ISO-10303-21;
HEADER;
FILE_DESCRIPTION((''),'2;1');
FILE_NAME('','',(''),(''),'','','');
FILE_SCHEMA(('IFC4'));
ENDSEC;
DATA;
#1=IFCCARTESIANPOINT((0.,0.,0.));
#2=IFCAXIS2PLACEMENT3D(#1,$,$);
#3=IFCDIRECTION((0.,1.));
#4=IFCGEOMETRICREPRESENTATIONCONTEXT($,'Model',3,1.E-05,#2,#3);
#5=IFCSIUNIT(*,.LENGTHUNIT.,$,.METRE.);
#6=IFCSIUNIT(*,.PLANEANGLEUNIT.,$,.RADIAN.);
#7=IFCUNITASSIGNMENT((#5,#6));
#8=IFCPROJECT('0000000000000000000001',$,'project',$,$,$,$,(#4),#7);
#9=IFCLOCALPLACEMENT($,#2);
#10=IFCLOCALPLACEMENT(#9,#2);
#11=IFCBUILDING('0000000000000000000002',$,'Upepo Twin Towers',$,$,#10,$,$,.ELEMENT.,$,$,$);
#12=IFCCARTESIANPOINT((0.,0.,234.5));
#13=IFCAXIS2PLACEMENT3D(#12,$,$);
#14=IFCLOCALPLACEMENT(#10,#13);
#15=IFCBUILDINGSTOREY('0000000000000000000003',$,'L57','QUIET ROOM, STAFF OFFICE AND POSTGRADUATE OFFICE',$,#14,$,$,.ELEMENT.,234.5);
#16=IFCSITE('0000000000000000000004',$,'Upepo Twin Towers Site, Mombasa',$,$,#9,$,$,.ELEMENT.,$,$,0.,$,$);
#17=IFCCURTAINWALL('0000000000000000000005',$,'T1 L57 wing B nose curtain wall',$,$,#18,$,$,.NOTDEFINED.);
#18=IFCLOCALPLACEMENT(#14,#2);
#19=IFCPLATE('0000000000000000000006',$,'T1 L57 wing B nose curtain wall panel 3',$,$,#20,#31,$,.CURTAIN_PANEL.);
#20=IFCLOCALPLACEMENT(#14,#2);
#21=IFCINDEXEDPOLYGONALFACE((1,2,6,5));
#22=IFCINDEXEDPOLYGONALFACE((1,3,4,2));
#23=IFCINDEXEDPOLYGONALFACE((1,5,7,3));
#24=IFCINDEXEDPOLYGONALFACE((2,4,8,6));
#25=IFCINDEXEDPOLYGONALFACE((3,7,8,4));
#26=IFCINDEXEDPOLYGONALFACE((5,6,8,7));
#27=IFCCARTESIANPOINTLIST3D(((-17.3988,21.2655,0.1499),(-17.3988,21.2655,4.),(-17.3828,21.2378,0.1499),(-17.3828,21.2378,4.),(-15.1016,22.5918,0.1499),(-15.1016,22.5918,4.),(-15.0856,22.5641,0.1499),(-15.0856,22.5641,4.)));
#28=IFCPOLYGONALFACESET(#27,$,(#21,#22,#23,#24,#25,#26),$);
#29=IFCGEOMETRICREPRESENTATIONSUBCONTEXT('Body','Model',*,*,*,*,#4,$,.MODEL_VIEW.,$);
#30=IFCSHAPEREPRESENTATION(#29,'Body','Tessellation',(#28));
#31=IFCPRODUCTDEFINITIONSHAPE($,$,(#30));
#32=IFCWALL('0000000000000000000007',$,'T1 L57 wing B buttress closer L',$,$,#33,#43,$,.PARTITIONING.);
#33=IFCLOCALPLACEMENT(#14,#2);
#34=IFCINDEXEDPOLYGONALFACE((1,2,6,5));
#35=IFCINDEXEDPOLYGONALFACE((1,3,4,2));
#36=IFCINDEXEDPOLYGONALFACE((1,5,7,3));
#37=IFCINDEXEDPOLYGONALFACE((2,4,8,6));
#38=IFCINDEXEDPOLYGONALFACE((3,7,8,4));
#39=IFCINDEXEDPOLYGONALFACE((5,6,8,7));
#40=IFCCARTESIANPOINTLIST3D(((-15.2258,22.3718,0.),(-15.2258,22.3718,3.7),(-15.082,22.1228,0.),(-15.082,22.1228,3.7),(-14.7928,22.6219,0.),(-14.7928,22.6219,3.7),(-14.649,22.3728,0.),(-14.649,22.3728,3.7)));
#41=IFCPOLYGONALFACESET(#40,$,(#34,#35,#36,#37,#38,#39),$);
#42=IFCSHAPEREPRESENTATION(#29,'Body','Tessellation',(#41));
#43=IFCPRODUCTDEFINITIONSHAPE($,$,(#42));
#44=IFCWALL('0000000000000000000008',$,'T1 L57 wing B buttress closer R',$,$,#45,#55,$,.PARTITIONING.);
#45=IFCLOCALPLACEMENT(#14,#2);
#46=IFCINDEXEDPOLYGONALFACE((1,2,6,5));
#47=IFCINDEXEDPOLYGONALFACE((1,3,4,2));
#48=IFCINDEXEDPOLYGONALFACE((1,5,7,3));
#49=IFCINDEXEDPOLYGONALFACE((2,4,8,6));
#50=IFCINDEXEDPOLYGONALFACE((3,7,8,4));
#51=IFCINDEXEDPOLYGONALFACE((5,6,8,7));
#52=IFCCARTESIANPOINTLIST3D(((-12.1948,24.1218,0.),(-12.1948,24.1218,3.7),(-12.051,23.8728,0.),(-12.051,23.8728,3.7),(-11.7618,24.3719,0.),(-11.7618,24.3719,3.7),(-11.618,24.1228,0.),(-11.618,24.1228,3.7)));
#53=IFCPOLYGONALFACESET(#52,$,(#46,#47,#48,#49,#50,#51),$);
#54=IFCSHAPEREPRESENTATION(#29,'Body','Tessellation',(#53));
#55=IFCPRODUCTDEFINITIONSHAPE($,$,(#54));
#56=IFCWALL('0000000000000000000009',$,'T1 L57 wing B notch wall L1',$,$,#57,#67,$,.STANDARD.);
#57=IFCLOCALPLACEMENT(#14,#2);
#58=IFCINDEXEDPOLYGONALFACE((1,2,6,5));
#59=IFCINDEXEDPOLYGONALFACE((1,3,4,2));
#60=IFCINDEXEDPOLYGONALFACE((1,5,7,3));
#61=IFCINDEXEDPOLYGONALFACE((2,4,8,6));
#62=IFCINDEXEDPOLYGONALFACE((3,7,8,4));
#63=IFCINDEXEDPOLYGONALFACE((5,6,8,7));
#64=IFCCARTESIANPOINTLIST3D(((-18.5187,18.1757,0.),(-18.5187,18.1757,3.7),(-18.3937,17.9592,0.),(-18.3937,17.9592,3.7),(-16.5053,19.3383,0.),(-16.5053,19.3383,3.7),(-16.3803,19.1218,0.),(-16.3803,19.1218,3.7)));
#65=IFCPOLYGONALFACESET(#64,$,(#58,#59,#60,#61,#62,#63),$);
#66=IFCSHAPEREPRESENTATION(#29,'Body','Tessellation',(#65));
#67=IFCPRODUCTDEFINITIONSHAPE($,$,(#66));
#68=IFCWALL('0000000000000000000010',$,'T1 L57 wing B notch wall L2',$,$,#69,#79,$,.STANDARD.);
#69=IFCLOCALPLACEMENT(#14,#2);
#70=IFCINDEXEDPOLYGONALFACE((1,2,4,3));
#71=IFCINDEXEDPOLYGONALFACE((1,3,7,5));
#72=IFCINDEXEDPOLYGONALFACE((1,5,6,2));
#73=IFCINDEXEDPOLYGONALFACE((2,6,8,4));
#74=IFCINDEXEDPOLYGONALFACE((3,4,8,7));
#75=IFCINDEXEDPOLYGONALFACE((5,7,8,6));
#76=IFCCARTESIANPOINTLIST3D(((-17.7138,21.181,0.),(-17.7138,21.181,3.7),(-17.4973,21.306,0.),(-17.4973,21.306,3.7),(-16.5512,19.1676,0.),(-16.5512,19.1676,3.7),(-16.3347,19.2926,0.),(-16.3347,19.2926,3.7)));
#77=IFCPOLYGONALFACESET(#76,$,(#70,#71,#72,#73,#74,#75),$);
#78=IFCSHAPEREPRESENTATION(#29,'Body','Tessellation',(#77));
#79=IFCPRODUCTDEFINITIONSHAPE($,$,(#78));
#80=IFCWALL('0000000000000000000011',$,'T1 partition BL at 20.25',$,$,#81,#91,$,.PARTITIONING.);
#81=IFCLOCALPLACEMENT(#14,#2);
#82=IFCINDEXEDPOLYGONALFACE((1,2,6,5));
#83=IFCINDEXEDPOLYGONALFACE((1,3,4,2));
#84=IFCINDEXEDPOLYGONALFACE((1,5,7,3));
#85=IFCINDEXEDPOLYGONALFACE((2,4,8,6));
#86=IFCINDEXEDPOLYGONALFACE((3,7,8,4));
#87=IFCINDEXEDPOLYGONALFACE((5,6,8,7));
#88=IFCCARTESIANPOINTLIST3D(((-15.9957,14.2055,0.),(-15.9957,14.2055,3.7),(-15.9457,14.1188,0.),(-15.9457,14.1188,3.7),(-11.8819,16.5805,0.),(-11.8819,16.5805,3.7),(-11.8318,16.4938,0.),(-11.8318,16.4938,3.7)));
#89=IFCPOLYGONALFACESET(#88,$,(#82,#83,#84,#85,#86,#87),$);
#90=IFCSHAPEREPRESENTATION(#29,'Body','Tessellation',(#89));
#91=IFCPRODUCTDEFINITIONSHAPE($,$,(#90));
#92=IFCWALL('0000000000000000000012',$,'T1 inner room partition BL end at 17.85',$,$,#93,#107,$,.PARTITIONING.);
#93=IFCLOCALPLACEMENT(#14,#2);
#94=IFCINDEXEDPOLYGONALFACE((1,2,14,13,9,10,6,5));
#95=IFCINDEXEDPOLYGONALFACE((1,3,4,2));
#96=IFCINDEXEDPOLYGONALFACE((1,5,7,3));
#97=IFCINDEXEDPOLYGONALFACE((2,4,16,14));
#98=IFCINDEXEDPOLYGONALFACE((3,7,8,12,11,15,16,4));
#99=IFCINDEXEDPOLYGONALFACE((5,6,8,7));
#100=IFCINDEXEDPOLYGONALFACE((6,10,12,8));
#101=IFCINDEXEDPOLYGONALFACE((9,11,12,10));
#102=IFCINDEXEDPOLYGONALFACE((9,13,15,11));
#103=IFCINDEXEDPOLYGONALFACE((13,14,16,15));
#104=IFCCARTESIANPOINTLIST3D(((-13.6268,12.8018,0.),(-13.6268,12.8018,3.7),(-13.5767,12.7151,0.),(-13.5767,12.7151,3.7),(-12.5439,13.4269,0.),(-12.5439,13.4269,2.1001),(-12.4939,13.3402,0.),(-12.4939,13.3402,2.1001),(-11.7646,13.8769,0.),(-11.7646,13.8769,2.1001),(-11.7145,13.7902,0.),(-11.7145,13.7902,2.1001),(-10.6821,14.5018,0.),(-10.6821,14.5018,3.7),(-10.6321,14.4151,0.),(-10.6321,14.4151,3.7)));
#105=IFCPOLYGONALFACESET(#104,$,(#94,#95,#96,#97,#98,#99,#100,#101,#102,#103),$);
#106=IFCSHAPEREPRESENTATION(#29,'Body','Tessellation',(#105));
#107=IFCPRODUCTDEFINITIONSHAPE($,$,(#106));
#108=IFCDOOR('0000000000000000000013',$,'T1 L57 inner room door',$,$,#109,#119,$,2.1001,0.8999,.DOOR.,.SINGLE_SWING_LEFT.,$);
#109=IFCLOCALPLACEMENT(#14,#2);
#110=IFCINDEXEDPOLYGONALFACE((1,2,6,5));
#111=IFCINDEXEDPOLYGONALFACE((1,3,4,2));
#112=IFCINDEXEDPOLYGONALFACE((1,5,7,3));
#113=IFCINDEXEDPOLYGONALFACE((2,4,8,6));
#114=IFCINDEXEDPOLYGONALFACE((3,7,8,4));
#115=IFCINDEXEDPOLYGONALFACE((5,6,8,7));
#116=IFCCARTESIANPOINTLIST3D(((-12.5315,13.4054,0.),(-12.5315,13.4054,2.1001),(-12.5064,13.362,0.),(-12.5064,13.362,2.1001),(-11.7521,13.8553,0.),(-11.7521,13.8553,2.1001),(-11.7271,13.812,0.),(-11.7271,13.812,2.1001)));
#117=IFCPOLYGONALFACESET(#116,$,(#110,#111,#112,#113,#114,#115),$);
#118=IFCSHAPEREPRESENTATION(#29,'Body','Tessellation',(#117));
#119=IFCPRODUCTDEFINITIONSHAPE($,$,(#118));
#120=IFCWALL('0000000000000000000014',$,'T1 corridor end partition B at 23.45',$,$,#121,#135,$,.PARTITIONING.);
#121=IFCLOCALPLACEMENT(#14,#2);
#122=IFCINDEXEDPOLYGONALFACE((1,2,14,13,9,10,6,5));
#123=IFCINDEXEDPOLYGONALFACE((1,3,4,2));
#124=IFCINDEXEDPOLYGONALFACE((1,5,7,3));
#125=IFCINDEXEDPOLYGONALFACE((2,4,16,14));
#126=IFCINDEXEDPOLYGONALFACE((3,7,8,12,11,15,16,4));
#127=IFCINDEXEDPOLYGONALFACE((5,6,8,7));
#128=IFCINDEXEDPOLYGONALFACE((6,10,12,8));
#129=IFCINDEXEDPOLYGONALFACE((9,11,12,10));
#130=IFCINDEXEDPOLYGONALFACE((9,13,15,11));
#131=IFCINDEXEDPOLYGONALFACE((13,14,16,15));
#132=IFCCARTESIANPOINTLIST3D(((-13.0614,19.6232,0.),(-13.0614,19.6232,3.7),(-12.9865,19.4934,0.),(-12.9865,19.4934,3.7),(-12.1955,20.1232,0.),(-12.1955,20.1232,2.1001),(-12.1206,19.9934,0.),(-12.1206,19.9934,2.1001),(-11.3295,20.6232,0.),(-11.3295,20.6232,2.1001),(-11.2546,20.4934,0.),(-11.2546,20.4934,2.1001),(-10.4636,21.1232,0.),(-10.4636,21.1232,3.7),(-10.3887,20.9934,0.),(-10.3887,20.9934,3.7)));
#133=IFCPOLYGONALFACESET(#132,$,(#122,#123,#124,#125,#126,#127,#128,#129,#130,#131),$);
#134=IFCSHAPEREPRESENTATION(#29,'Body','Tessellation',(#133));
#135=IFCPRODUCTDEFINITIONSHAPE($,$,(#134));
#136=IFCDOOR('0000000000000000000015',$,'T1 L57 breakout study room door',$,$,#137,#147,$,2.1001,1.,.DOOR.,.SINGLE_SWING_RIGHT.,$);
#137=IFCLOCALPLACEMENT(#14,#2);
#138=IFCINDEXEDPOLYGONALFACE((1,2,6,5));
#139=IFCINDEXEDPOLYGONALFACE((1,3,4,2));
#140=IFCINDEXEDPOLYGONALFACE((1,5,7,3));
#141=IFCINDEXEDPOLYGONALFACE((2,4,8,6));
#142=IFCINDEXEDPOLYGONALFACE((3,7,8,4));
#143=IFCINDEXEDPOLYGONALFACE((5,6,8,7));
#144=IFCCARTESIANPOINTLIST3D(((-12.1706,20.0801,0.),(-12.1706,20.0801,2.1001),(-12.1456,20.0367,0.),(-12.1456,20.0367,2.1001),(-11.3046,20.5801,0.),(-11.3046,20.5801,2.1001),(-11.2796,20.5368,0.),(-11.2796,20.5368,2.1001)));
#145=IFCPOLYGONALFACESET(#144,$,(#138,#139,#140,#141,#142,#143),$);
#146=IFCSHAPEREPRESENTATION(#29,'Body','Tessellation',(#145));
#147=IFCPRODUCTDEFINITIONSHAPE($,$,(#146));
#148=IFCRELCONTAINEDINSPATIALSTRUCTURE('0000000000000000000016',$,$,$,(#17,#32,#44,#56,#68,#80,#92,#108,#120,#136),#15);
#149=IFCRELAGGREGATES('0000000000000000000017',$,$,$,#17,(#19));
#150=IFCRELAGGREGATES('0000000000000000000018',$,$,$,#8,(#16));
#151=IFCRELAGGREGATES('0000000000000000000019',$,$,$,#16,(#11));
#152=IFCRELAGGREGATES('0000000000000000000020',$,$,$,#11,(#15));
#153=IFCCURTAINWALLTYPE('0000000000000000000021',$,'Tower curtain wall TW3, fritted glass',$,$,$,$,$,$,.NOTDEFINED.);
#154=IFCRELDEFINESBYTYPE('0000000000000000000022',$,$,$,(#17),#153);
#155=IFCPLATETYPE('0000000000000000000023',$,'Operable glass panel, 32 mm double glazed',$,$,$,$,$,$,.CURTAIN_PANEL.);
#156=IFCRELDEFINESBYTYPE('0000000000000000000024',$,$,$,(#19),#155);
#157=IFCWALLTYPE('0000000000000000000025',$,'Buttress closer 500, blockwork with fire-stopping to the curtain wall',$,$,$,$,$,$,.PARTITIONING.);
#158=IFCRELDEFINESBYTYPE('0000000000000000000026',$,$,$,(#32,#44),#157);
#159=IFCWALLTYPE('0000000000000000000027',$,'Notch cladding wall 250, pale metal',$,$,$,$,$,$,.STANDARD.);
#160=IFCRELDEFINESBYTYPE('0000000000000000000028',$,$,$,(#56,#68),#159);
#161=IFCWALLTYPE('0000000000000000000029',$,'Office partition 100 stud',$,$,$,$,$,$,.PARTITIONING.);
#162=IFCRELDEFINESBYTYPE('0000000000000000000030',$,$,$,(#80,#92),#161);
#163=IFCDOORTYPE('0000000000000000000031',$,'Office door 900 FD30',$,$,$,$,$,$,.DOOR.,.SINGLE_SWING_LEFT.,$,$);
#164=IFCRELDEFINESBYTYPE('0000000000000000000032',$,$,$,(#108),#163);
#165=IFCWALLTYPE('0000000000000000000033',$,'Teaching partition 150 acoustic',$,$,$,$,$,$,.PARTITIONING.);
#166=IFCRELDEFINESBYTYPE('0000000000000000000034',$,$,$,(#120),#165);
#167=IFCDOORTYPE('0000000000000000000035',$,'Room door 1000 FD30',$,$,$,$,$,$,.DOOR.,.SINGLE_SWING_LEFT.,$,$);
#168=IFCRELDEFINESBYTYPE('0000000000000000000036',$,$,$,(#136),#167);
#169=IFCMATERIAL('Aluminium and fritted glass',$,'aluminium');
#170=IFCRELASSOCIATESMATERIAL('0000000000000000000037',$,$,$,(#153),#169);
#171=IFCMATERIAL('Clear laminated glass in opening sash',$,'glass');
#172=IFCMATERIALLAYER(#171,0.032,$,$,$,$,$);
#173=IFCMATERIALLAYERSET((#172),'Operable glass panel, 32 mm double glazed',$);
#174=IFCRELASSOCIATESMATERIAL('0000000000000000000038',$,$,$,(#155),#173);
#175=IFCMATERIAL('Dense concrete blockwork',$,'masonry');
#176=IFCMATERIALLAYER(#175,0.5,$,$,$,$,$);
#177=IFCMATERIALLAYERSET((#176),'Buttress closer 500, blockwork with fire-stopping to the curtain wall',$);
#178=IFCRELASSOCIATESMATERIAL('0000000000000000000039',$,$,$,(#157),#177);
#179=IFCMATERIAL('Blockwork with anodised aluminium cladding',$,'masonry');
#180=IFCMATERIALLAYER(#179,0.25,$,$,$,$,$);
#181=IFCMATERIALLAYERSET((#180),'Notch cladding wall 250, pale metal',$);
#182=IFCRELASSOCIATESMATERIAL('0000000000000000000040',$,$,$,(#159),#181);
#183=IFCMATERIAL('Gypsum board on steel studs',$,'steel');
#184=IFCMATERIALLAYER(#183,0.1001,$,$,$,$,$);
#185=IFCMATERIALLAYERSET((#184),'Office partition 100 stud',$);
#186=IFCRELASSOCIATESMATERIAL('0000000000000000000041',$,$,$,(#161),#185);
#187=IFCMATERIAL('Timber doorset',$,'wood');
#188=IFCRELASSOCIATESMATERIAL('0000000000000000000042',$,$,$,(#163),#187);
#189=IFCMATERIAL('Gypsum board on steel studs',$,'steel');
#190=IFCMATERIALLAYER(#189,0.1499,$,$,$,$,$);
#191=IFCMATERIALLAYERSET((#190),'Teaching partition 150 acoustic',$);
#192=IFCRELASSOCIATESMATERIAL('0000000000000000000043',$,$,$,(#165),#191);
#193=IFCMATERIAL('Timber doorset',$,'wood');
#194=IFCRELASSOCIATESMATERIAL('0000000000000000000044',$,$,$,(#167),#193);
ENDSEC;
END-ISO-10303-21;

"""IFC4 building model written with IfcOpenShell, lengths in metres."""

from ifc_helpers import new_model, si_unit, direction, frame, frame_2d, origin, origin_2d, place, context, subcontext, project, spatial, rectangle, extrude, material, layer, layer_set, type_object, element, fill, aggregate, save


model = new_model("IFC4")

# Units and contexts
model_context = context("Model", 3, precision=1e-05, world=origin(), true_north=direction((0.0, 1.0)))
body_context = subcontext(model_context, "Body", "Model", "MODEL_VIEW")
ifc_project = project(units=[si_unit("LENGTHUNIT", "METRE"), si_unit("PLANEANGLEUNIT", "RADIAN")], contexts=[model_context])

# Site, building, storey
site_placement = place(None, origin())
site = spatial("IfcSite", under=ifc_project, at=site_placement, Name="Upepo Twin Towers Site, Mombasa", CompositionType="ELEMENT", RefElevation=0.0)
building_placement = place(site_placement, origin())
building = spatial("IfcBuilding", under=site, at=building_placement, Name="Upepo Twin Towers", CompositionType="ELEMENT")
storey_placement = place(building_placement, frame((0.0, 0.0, 234.5)))
storey = spatial("IfcBuildingStorey", under=building, at=storey_placement, Name="L57", Description="QUIET ROOM, STAFF OFFICE AND POSTGRADUATE OFFICE", CompositionType="ELEMENT", Elevation=234.5)

# Shared definitions
ifc_material_1 = material(Name="Aluminium and fritted glass", Category="aluminium")
curtain_wall_type = type_object("IfcCurtainWallType", Name="Tower curtain wall TW3, fritted glass", PredefinedType="NOTDEFINED", material=ifc_material_1)

# Curtain wall
curtain_wall_1_placement = place(storey_placement, origin())
curtain_wall_1 = element("IfcCurtainWall", 1, at=curtain_wall_1_placement, inside=storey, type_object=curtain_wall_type, Name="T1 L57 wing B nose curtain wall", PredefinedType="NOTDEFINED")

# Plate
ifc_material_2 = material(Name="Clear laminated glass in opening sash", Category="glass")
ifc_layer_1 = layer(ifc_material_2, 0.032)
ifc_layer_set_1 = layer_set([ifc_layer_1], Name="Operable glass panel, 32 mm double glazed")
plate_type_1 = type_object("IfcPlateType", Name="Operable glass panel, 32 mm double glazed", PredefinedType="CURTAIN_PANEL", material=ifc_layer_set_1)
plate_1_placement = place(storey_placement, frame((-16.2422, 21.9148, 0.1499), z_axis=(0.0, 0.0, 1.0), x_axis=(-0.866025, -0.5, 0.0)))
plate_1 = element("IfcPlate", 2, at=plate_1_placement, type_object=plate_type_1, Name="T1 L57 wing B nose curtain wall panel 3", PredefinedType="CURTAIN_PANEL", context=body_context, shape_type="SweptSolid", body=[
    extrude(rectangle(XDim=2.6526, YDim=0.032, at=origin_2d()), origin(), (0.0, 0.0, 1.0), 3.8501),
])
aggregate(curtain_wall_1, [plate_1])

# Walls
ifc_material_3 = material(Name="Dense concrete blockwork", Category="masonry")
ifc_layer_2 = layer(ifc_material_3, 0.5)
ifc_layer_set_2 = layer_set([ifc_layer_2], Name="Buttress closer 500, blockwork with fire-stopping to the curtain wall")
wall_type_1 = type_object("IfcWallType", Name="Buttress closer 500, blockwork with fire-stopping to the curtain wall", PredefinedType="PARTITIONING", material=ifc_layer_set_2)
for number, where, z_axis, x_axis, name in (
    (3, (-14.8655, 22.2478, 0.0), (0.0, 0.0, 1.0), (-0.500065, 0.865988, 0.0), "T1 L57 wing B buttress closer L"),
    (4, (-11.8345, 23.9978, 0.0), (0.0, 0.0, 1.0), (-0.500065, 0.865988, 0.0), "T1 L57 wing B buttress closer R"),
):
    element("IfcWall", number, at=place(storey_placement, frame(where, z_axis=z_axis, x_axis=x_axis)), inside=storey, type_object=wall_type_1, Name=name, PredefinedType="PARTITIONING", context=body_context, shape_type="SweptSolid", body=[
        extrude(rectangle(XDim=0.2876, YDim=0.5, at=frame_2d((0.1438, 0.0))), origin(), (0.0, 0.0, 1.0), 3.7),
    ])
ifc_material_4 = material(Name="Blockwork with anodised aluminium cladding", Category="masonry")
ifc_layer_3 = layer(ifc_material_4, 0.25)
ifc_layer_set_3 = layer_set([ifc_layer_3], Name="Notch cladding wall 250, pale metal")
wall_type_2 = type_object("IfcWallType", Name="Notch cladding wall 250, pale metal", PredefinedType="STANDARD", material=ifc_layer_set_3)
for number, where, z_axis, x_axis, name in (
    (5, (-18.4563, 18.0674, 0.0), (0.0, 0.0, 1.0), (0.865998, 0.500047, 0.0), "T1 L57 wing B notch wall L1"),
    (6, (-16.4429, 19.23, 0.0), (0.0, 0.0, 1.0), (-0.500047, 0.865998, 0.0), "T1 L57 wing B notch wall L2"),
):
    element("IfcWall", number, at=place(storey_placement, frame(where, z_axis=z_axis, x_axis=x_axis)), inside=storey, type_object=wall_type_2, Name=name, PredefinedType="STANDARD", context=body_context, shape_type="SweptSolid", body=[
        extrude(rectangle(XDim=2.325, YDim=0.25, at=frame_2d((1.1626, 0.0))), origin(), (0.0, 0.0, 1.0), 3.7),
    ])
ifc_material_5 = material(Name="Gypsum board on steel studs", Category="steel")
ifc_layer_4 = layer(ifc_material_5, 0.1001)
ifc_layer_set_4 = layer_set([ifc_layer_4], Name="Office partition 100 stud")
wall_type_3 = type_object("IfcWallType", Name="Office partition 100 stud", PredefinedType="PARTITIONING", material=ifc_layer_set_4)
wall_1_placement = place(storey_placement, frame((-11.8569, 16.5371, 0.0), z_axis=(0.0, 0.0, 1.0), x_axis=(-0.866033, -0.499986, 0.0)))
element("IfcWall", 7, at=wall_1_placement, inside=storey, type_object=wall_type_3, Name="T1 partition BL at 20.25", PredefinedType="PARTITIONING", context=body_context, shape_type="SweptSolid", body=[
    extrude(rectangle(XDim=4.7502, YDim=0.1001, at=frame_2d((2.375, 0.0))), origin(), (0.0, 0.0, 1.0), 3.7),
])

# Walls, openings, doors
wall_2_placement = place(storey_placement, frame((-10.657, 14.4585, 0.0), z_axis=(0.0, 0.0, 1.0), x_axis=(-0.866039, -0.499977, 0.0)))
wall_2 = element("IfcWall", 8, at=wall_2_placement, inside=storey, type_object=wall_type_3, Name="T1 inner room partition BL end at 17.85", PredefinedType="PARTITIONING", context=body_context, shape_type="SweptSolid", body=[
    extrude(rectangle(XDim=3.4001, YDim=0.1001, at=frame_2d((1.7002, 0.0))), origin(), (0.0, 0.0, 1.0), 3.7),
])
opening_1_placement = place(wall_2_placement, frame((1.25, 0.0, 0.0)))
opening_1 = element("IfcOpeningElement", 9, at=opening_1_placement, cuts=wall_2, PredefinedType="OPENING", context=body_context, shape_type="SweptSolid", body=[
    extrude(rectangle(XDim=0.8999, YDim=2.1001, at=frame_2d((0.45, 1.05))), frame((0.0, 0.0601, 0.0), z_axis=(0.0, -1.0, 0.0), x_axis=(1.0, 0.0, 0.0)), (0.0, 0.0, 1.0), 0.1201),
])
ifc_material_6 = material(Name="Timber doorset", Category="wood")
door_type_1 = type_object("IfcDoorType", Name="Office door 900 FD30", OperationType="SINGLE_SWING_LEFT", PredefinedType="DOOR", material=ifc_material_6)
door_1_placement = place(opening_1_placement, origin())
door_1 = element("IfcDoor", 10, at=door_1_placement, inside=storey, type_object=door_type_1, Name="T1 L57 inner room door", OperationType="SINGLE_SWING_LEFT", OverallHeight=2.1001, OverallWidth=0.8999, PredefinedType="DOOR", context=body_context, shape_type="SweptSolid", body=[
    extrude(rectangle(XDim=0.8999, YDim=2.1001, at=frame_2d((0.45, 1.05))), frame((0.0, 0.0249, 0.0), z_axis=(0.0, -1.0, 0.0), x_axis=(1.0, 0.0, 0.0)), (0.0, 0.0, 1.0), 0.05),
])
fill(opening_1, door_1)
ifc_material_7 = material(Name="Gypsum board on steel studs", Category="steel")
ifc_layer_5 = layer(ifc_material_7, 0.1499)
ifc_layer_set_5 = layer_set([ifc_layer_5], Name="Teaching partition 150 acoustic")
wall_type_4 = type_object("IfcWallType", Name="Teaching partition 150 acoustic", PredefinedType="PARTITIONING", material=ifc_layer_set_5)
wall_3_placement = place(storey_placement, frame((-10.426, 21.0583, 0.0), z_axis=(0.0, 0.0, 1.0), x_axis=(-0.866011, -0.500025, 0.0)))
wall_3 = element("IfcWall", 11, at=wall_3_placement, inside=storey, type_object=wall_type_4, Name="T1 corridor end partition B at 23.45", PredefinedType="PARTITIONING", context=body_context, shape_type="SweptSolid", body=[
    extrude(rectangle(XDim=2.9998, YDim=0.1499, at=frame_2d((1.5, 0.0))), origin(), (0.0, 0.0, 1.0), 3.7),
])
opening_2_placement = place(wall_3_placement, frame((1.0, 0.0, 0.0)))
opening_2 = element("IfcOpeningElement", 12, at=opening_2_placement, cuts=wall_3, PredefinedType="OPENING", context=body_context, shape_type="SweptSolid", body=[
    extrude(rectangle(XDim=1.0, YDim=2.1001, at=frame_2d((0.5, 1.05))), frame((0.0, 0.085, 0.0), z_axis=(0.0, -1.0, 0.0), x_axis=(1.0, 0.0, 0.0)), (0.0, 0.0, 1.0), 0.1699),
])
ifc_material_8 = material(Name="Timber doorset", Category="wood")
door_type_2 = type_object("IfcDoorType", Name="Room door 1000 FD30", OperationType="SINGLE_SWING_LEFT", PredefinedType="DOOR", material=ifc_material_8)
door_2_placement = place(opening_2_placement, origin())
door_2 = element("IfcDoor", 13, at=door_2_placement, inside=storey, type_object=door_type_2, Name="T1 L57 breakout study room door", OperationType="SINGLE_SWING_RIGHT", OverallHeight=2.1001, OverallWidth=1.0, PredefinedType="DOOR", context=body_context, shape_type="SweptSolid", body=[
    extrude(rectangle(XDim=1.0, YDim=2.1001, at=frame_2d((0.5, 1.05))), frame((0.0, 0.0249, 0.0), z_axis=(0.0, -1.0, 0.0), x_axis=(1.0, 0.0, 0.0)), (0.0, 0.0, 1.0), 0.05),
])
fill(opening_2, door_2)

save(model, "model.ifc")
